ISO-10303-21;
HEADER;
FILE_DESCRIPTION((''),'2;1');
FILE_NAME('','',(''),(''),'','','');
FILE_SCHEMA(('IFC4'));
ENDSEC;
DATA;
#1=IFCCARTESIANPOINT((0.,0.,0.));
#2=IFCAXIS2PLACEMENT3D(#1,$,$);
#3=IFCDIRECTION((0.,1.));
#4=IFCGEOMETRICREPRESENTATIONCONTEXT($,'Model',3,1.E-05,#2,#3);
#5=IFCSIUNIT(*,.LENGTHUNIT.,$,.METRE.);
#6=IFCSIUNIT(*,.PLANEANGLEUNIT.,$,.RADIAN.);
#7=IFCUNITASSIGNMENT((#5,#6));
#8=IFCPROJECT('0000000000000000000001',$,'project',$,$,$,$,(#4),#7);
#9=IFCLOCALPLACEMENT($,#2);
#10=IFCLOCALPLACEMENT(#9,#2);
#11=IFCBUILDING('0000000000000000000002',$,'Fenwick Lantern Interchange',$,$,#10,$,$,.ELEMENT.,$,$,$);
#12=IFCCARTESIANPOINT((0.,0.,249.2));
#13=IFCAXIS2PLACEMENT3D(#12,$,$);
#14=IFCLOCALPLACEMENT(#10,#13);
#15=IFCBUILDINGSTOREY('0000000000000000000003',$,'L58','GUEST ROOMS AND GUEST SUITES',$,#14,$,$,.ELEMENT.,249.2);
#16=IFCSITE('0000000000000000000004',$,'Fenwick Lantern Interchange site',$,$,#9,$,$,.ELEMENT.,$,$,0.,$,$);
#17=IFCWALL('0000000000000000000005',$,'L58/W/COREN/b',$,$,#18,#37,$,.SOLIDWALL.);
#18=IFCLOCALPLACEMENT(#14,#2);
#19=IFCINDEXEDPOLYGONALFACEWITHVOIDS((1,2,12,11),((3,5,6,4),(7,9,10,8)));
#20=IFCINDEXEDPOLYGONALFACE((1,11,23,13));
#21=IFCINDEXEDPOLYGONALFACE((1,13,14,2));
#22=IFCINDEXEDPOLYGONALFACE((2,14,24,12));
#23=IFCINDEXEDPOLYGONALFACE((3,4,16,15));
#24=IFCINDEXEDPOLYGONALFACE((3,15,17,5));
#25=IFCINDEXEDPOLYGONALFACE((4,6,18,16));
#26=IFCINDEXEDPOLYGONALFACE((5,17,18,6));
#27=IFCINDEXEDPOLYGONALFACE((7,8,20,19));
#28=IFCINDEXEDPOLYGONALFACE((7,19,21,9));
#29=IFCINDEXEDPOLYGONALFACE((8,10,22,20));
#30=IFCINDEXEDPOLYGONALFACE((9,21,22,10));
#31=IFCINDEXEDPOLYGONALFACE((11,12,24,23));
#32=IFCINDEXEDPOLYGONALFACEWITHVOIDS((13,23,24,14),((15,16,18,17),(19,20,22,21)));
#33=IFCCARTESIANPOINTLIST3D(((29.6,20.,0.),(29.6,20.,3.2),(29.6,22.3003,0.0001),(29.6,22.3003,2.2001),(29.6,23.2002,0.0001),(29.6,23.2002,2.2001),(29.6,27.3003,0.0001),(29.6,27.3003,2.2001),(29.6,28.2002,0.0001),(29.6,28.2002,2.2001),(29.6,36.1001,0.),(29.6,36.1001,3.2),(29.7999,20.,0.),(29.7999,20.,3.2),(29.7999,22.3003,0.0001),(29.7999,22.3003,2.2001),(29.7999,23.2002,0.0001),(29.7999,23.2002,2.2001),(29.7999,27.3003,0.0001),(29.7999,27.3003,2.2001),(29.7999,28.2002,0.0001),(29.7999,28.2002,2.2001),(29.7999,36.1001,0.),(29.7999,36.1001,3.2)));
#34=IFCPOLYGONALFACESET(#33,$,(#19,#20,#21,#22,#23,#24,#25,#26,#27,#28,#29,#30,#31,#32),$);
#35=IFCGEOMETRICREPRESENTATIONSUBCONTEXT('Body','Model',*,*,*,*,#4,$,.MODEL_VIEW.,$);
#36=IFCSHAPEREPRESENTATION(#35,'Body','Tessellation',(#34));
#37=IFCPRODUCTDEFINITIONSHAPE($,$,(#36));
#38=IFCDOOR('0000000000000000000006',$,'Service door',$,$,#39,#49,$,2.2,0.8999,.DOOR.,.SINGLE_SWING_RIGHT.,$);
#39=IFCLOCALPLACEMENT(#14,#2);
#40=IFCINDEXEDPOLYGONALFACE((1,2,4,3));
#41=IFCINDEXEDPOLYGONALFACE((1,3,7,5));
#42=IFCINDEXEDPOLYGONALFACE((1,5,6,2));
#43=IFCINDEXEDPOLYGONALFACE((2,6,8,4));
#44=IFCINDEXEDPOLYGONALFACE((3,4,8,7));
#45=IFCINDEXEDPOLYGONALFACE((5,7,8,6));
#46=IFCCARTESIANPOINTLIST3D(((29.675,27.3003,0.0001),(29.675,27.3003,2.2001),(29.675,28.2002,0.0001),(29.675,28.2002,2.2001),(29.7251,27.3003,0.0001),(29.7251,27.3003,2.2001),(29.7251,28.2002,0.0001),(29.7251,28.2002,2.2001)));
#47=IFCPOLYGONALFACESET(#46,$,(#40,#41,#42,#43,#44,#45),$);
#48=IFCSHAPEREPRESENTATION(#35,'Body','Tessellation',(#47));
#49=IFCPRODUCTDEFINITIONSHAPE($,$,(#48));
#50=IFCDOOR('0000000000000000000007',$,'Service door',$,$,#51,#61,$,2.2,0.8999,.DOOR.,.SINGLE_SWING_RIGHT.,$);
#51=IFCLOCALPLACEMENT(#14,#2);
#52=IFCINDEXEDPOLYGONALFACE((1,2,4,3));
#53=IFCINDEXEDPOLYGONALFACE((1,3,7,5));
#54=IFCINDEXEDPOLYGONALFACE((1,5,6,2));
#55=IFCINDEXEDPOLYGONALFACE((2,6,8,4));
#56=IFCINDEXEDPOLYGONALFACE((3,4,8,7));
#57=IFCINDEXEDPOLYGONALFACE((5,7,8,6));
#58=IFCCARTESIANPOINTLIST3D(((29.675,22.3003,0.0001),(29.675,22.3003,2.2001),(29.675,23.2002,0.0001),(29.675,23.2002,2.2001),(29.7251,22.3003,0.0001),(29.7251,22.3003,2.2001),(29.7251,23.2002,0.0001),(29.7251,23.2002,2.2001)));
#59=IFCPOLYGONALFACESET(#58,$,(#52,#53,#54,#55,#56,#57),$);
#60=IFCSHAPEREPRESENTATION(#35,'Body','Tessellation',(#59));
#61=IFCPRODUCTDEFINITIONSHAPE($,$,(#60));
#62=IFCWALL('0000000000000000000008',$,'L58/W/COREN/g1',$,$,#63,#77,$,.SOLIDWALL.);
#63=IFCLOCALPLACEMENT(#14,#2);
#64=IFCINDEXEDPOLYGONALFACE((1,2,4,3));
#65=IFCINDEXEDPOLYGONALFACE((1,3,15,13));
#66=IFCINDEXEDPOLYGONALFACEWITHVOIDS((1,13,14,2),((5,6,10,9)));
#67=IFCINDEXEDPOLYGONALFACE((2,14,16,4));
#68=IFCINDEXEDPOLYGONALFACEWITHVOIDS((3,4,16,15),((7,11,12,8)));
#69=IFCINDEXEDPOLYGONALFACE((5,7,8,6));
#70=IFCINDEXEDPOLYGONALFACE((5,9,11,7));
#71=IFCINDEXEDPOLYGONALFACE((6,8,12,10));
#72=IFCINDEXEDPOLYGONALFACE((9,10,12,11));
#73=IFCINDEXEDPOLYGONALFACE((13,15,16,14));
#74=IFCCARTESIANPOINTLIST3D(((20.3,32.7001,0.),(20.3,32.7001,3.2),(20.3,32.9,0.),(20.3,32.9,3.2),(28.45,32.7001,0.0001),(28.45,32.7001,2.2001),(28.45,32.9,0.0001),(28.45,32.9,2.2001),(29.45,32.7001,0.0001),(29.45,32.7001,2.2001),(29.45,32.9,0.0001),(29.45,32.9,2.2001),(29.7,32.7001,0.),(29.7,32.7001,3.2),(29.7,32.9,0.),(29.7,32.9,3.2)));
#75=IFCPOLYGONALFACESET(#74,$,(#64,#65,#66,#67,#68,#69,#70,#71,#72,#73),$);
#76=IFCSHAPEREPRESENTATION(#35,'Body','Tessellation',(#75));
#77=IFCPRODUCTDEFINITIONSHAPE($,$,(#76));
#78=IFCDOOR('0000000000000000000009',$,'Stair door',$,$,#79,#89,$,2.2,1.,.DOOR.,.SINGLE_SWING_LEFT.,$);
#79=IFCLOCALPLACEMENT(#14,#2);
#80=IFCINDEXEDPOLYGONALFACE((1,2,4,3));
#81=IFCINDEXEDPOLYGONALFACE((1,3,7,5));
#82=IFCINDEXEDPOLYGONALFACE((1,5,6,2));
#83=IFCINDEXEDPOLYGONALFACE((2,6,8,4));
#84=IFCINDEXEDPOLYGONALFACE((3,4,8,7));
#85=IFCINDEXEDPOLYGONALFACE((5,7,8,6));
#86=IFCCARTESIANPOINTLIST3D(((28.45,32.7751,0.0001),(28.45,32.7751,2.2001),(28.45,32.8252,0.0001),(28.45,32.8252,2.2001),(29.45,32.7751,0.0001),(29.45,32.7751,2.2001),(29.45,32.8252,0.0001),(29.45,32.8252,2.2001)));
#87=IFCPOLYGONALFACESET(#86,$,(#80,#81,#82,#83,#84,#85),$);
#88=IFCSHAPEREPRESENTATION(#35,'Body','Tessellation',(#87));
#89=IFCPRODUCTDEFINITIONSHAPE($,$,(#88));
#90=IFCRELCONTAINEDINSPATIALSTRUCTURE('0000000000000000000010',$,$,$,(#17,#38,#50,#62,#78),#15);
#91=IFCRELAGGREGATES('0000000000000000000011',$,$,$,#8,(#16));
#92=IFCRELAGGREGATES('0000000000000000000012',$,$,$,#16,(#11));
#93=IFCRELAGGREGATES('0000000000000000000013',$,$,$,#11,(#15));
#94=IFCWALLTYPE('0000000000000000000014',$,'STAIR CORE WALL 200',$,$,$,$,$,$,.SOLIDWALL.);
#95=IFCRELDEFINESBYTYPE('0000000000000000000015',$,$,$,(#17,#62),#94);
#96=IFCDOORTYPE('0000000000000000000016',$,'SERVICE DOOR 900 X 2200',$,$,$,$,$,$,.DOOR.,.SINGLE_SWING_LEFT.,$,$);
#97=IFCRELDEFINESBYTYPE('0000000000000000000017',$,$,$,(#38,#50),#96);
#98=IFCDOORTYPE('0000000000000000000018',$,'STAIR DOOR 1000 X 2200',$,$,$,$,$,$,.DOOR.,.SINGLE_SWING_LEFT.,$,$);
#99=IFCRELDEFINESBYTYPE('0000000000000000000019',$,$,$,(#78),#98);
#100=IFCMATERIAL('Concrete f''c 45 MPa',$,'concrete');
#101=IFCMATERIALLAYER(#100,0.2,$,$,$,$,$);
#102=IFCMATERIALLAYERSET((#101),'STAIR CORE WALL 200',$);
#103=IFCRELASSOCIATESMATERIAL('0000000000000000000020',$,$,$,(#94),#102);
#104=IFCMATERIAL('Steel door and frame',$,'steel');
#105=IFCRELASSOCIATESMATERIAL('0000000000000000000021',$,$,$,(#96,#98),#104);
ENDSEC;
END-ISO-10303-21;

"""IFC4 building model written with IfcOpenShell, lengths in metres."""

from ifc_helpers import new_model, si_unit, direction, frame, frame_2d, origin, place, context, subcontext, project, spatial, rectangle, extrude, material, layer, layer_set, type_object, element, fill, save


model = new_model("IFC4")

# Units and contexts
model_context = context("Model", 3, precision=1e-05, world=origin(), true_north=direction((0.0, 1.0)))
body_context = subcontext(model_context, "Body", "Model", "MODEL_VIEW")
ifc_project = project(units=[si_unit("LENGTHUNIT", "METRE"), si_unit("PLANEANGLEUNIT", "RADIAN")], contexts=[model_context])

# Site, building, storey
site_placement = place(None, origin())
site = spatial("IfcSite", under=ifc_project, at=site_placement, Name="Fenwick Lantern Interchange site", CompositionType="ELEMENT", RefElevation=0.0)
building_placement = place(site_placement, origin())
building = spatial("IfcBuilding", under=site, at=building_placement, Name="Fenwick Lantern Interchange", CompositionType="ELEMENT")
storey_placement = place(building_placement, frame((0.0, 0.0, 249.2)))
storey = spatial("IfcBuildingStorey", under=building, at=storey_placement, Name="L58", Description="GUEST ROOMS AND GUEST SUITES", CompositionType="ELEMENT", Elevation=249.2)

# Shared definitions
ifc_material_1 = material(Name="Steel door and frame", Category="steel")

# Wall, openings, doors
ifc_material_2 = material(Name="Concrete f'c 45 MPa", Category="concrete")
ifc_layer_1 = layer(ifc_material_2, 0.2)
ifc_layer_set_1 = layer_set([ifc_layer_1], Name="STAIR CORE WALL 200")
wall_type_1 = type_object("IfcWallType", Name="STAIR CORE WALL 200", PredefinedType="SOLIDWALL", material=ifc_layer_set_1)
wall_1_placement = place(storey_placement, frame((29.7, 36.1001, 0.0), z_axis=(0.0, 0.0, 1.0), x_axis=(0.0, -1.0, 0.0)))
wall_1 = element("IfcWall", 1, at=wall_1_placement, inside=storey, type_object=wall_type_1, Name="L58/W/COREN/b", PredefinedType="SOLIDWALL", context=body_context, shape_type="SweptSolid", body=[
    extrude(rectangle(XDim=16.1001, YDim=0.2, at=frame_2d((8.05, 0.0))), origin(), (0.0, 0.0, 1.0), 3.2),
])
opening_1_placement = place(wall_1_placement, frame((7.8999, 0.0, 0.0)))
opening_1 = element("IfcOpeningElement", 2, at=opening_1_placement, cuts=wall_1, PredefinedType="OPENING", context=body_context, shape_type="SweptSolid", body=[
    extrude(rectangle(XDim=0.8999, YDim=2.2, at=frame_2d((0.45, 1.1001))), frame((0.0, 0.1099, 0.0), z_axis=(0.0, -1.0, 0.0), x_axis=(1.0, 0.0, 0.0)), (0.0, 0.0, 1.0), 0.22),
])
opening_2_placement = place(wall_1_placement, frame((12.8999, 0.0, 0.0)))
opening_2 = element("IfcOpeningElement", 3, at=opening_2_placement, cuts=wall_1, PredefinedType="OPENING", context=body_context, shape_type="SweptSolid", body=[
    extrude(rectangle(XDim=0.8999, YDim=2.2, at=frame_2d((0.45, 1.1001))), frame((0.0, 0.1099, 0.0), z_axis=(0.0, -1.0, 0.0), x_axis=(1.0, 0.0, 0.0)), (0.0, 0.0, 1.0), 0.22),
])
door_type_1 = type_object("IfcDoorType", Name="SERVICE DOOR 900 X 2200", OperationType="SINGLE_SWING_LEFT", PredefinedType="DOOR", material=ifc_material_1)
door_1_placement = place(opening_1_placement, frame((0.8999, 0.0, 0.0), z_axis=(0.0, 0.0, 1.0), x_axis=(-1.0, 0.0, 0.0)))
door_1 = element("IfcDoor", 4, at=door_1_placement, inside=storey, type_object=door_type_1, Name="Service door", OperationType="SINGLE_SWING_RIGHT", OverallHeight=2.2, OverallWidth=0.8999, PredefinedType="DOOR", context=body_context, shape_type="SweptSolid", body=[
    extrude(rectangle(XDim=0.8999, YDim=2.2, at=frame_2d((0.45, 1.1001))), frame((0.0, 0.0249, 0.0), z_axis=(0.0, -1.0, 0.0), x_axis=(1.0, 0.0, 0.0)), (0.0, 0.0, 1.0), 0.05),
])
fill(opening_1, door_1)
door_2_placement = place(opening_2_placement, frame((0.8999, 0.0, 0.0), z_axis=(0.0, 0.0, 1.0), x_axis=(-1.0, 0.0, 0.0)))
door_2 = element("IfcDoor", 5, at=door_2_placement, inside=storey, type_object=door_type_1, Name="Service door", OperationType="SINGLE_SWING_RIGHT", OverallHeight=2.2, OverallWidth=0.8999, PredefinedType="DOOR", context=body_context, shape_type="SweptSolid", body=[
    extrude(rectangle(XDim=0.8999, YDim=2.2, at=frame_2d((0.45, 1.1001))), frame((0.0, 0.0249, 0.0), z_axis=(0.0, -1.0, 0.0), x_axis=(1.0, 0.0, 0.0)), (0.0, 0.0, 1.0), 0.05),
])
fill(opening_2, door_2)

# Wall, opening, door
wall_2_placement = place(storey_placement, frame((29.7, 32.8, 0.0), z_axis=(0.0, 0.0, 1.0), x_axis=(-1.0, 0.0, 0.0)))
wall_2 = element("IfcWall", 6, at=wall_2_placement, inside=storey, type_object=wall_type_1, Name="L58/W/COREN/g1", PredefinedType="SOLIDWALL", context=body_context, shape_type="SweptSolid", body=[
    extrude(rectangle(XDim=9.3999, YDim=0.2, at=frame_2d((4.7, 0.0))), origin(), (0.0, 0.0, 1.0), 3.2),
])
opening_3_placement = place(wall_2_placement, frame((0.25, 0.0, 0.0)))
opening_3 = element("IfcOpeningElement", 7, at=opening_3_placement, cuts=wall_2, PredefinedType="OPENING", context=body_context, shape_type="SweptSolid", body=[
    extrude(rectangle(XDim=1.0, YDim=2.2, at=frame_2d((0.5, 1.1001))), frame((0.0, 0.1099, 0.0), z_axis=(0.0, -1.0, 0.0), x_axis=(1.0, 0.0, 0.0)), (0.0, 0.0, 1.0), 0.22),
])
door_type_2 = type_object("IfcDoorType", Name="STAIR DOOR 1000 X 2200", OperationType="SINGLE_SWING_LEFT", PredefinedType="DOOR", material=ifc_material_1)
door_3_placement = place(opening_3_placement, origin())
door_3 = element("IfcDoor", 8, at=door_3_placement, inside=storey, type_object=door_type_2, Name="Stair door", OperationType="SINGLE_SWING_LEFT", OverallHeight=2.2, OverallWidth=1.0, PredefinedType="DOOR", context=body_context, shape_type="SweptSolid", body=[
    extrude(rectangle(XDim=1.0, YDim=2.2, at=frame_2d((0.5, 1.1001))), frame((0.0, 0.0249, 0.0), z_axis=(0.0, -1.0, 0.0), x_axis=(1.0, 0.0, 0.0)), (0.0, 0.0, 1.0), 0.05),
])
fill(opening_3, door_3)

save(model, "model.ifc")
